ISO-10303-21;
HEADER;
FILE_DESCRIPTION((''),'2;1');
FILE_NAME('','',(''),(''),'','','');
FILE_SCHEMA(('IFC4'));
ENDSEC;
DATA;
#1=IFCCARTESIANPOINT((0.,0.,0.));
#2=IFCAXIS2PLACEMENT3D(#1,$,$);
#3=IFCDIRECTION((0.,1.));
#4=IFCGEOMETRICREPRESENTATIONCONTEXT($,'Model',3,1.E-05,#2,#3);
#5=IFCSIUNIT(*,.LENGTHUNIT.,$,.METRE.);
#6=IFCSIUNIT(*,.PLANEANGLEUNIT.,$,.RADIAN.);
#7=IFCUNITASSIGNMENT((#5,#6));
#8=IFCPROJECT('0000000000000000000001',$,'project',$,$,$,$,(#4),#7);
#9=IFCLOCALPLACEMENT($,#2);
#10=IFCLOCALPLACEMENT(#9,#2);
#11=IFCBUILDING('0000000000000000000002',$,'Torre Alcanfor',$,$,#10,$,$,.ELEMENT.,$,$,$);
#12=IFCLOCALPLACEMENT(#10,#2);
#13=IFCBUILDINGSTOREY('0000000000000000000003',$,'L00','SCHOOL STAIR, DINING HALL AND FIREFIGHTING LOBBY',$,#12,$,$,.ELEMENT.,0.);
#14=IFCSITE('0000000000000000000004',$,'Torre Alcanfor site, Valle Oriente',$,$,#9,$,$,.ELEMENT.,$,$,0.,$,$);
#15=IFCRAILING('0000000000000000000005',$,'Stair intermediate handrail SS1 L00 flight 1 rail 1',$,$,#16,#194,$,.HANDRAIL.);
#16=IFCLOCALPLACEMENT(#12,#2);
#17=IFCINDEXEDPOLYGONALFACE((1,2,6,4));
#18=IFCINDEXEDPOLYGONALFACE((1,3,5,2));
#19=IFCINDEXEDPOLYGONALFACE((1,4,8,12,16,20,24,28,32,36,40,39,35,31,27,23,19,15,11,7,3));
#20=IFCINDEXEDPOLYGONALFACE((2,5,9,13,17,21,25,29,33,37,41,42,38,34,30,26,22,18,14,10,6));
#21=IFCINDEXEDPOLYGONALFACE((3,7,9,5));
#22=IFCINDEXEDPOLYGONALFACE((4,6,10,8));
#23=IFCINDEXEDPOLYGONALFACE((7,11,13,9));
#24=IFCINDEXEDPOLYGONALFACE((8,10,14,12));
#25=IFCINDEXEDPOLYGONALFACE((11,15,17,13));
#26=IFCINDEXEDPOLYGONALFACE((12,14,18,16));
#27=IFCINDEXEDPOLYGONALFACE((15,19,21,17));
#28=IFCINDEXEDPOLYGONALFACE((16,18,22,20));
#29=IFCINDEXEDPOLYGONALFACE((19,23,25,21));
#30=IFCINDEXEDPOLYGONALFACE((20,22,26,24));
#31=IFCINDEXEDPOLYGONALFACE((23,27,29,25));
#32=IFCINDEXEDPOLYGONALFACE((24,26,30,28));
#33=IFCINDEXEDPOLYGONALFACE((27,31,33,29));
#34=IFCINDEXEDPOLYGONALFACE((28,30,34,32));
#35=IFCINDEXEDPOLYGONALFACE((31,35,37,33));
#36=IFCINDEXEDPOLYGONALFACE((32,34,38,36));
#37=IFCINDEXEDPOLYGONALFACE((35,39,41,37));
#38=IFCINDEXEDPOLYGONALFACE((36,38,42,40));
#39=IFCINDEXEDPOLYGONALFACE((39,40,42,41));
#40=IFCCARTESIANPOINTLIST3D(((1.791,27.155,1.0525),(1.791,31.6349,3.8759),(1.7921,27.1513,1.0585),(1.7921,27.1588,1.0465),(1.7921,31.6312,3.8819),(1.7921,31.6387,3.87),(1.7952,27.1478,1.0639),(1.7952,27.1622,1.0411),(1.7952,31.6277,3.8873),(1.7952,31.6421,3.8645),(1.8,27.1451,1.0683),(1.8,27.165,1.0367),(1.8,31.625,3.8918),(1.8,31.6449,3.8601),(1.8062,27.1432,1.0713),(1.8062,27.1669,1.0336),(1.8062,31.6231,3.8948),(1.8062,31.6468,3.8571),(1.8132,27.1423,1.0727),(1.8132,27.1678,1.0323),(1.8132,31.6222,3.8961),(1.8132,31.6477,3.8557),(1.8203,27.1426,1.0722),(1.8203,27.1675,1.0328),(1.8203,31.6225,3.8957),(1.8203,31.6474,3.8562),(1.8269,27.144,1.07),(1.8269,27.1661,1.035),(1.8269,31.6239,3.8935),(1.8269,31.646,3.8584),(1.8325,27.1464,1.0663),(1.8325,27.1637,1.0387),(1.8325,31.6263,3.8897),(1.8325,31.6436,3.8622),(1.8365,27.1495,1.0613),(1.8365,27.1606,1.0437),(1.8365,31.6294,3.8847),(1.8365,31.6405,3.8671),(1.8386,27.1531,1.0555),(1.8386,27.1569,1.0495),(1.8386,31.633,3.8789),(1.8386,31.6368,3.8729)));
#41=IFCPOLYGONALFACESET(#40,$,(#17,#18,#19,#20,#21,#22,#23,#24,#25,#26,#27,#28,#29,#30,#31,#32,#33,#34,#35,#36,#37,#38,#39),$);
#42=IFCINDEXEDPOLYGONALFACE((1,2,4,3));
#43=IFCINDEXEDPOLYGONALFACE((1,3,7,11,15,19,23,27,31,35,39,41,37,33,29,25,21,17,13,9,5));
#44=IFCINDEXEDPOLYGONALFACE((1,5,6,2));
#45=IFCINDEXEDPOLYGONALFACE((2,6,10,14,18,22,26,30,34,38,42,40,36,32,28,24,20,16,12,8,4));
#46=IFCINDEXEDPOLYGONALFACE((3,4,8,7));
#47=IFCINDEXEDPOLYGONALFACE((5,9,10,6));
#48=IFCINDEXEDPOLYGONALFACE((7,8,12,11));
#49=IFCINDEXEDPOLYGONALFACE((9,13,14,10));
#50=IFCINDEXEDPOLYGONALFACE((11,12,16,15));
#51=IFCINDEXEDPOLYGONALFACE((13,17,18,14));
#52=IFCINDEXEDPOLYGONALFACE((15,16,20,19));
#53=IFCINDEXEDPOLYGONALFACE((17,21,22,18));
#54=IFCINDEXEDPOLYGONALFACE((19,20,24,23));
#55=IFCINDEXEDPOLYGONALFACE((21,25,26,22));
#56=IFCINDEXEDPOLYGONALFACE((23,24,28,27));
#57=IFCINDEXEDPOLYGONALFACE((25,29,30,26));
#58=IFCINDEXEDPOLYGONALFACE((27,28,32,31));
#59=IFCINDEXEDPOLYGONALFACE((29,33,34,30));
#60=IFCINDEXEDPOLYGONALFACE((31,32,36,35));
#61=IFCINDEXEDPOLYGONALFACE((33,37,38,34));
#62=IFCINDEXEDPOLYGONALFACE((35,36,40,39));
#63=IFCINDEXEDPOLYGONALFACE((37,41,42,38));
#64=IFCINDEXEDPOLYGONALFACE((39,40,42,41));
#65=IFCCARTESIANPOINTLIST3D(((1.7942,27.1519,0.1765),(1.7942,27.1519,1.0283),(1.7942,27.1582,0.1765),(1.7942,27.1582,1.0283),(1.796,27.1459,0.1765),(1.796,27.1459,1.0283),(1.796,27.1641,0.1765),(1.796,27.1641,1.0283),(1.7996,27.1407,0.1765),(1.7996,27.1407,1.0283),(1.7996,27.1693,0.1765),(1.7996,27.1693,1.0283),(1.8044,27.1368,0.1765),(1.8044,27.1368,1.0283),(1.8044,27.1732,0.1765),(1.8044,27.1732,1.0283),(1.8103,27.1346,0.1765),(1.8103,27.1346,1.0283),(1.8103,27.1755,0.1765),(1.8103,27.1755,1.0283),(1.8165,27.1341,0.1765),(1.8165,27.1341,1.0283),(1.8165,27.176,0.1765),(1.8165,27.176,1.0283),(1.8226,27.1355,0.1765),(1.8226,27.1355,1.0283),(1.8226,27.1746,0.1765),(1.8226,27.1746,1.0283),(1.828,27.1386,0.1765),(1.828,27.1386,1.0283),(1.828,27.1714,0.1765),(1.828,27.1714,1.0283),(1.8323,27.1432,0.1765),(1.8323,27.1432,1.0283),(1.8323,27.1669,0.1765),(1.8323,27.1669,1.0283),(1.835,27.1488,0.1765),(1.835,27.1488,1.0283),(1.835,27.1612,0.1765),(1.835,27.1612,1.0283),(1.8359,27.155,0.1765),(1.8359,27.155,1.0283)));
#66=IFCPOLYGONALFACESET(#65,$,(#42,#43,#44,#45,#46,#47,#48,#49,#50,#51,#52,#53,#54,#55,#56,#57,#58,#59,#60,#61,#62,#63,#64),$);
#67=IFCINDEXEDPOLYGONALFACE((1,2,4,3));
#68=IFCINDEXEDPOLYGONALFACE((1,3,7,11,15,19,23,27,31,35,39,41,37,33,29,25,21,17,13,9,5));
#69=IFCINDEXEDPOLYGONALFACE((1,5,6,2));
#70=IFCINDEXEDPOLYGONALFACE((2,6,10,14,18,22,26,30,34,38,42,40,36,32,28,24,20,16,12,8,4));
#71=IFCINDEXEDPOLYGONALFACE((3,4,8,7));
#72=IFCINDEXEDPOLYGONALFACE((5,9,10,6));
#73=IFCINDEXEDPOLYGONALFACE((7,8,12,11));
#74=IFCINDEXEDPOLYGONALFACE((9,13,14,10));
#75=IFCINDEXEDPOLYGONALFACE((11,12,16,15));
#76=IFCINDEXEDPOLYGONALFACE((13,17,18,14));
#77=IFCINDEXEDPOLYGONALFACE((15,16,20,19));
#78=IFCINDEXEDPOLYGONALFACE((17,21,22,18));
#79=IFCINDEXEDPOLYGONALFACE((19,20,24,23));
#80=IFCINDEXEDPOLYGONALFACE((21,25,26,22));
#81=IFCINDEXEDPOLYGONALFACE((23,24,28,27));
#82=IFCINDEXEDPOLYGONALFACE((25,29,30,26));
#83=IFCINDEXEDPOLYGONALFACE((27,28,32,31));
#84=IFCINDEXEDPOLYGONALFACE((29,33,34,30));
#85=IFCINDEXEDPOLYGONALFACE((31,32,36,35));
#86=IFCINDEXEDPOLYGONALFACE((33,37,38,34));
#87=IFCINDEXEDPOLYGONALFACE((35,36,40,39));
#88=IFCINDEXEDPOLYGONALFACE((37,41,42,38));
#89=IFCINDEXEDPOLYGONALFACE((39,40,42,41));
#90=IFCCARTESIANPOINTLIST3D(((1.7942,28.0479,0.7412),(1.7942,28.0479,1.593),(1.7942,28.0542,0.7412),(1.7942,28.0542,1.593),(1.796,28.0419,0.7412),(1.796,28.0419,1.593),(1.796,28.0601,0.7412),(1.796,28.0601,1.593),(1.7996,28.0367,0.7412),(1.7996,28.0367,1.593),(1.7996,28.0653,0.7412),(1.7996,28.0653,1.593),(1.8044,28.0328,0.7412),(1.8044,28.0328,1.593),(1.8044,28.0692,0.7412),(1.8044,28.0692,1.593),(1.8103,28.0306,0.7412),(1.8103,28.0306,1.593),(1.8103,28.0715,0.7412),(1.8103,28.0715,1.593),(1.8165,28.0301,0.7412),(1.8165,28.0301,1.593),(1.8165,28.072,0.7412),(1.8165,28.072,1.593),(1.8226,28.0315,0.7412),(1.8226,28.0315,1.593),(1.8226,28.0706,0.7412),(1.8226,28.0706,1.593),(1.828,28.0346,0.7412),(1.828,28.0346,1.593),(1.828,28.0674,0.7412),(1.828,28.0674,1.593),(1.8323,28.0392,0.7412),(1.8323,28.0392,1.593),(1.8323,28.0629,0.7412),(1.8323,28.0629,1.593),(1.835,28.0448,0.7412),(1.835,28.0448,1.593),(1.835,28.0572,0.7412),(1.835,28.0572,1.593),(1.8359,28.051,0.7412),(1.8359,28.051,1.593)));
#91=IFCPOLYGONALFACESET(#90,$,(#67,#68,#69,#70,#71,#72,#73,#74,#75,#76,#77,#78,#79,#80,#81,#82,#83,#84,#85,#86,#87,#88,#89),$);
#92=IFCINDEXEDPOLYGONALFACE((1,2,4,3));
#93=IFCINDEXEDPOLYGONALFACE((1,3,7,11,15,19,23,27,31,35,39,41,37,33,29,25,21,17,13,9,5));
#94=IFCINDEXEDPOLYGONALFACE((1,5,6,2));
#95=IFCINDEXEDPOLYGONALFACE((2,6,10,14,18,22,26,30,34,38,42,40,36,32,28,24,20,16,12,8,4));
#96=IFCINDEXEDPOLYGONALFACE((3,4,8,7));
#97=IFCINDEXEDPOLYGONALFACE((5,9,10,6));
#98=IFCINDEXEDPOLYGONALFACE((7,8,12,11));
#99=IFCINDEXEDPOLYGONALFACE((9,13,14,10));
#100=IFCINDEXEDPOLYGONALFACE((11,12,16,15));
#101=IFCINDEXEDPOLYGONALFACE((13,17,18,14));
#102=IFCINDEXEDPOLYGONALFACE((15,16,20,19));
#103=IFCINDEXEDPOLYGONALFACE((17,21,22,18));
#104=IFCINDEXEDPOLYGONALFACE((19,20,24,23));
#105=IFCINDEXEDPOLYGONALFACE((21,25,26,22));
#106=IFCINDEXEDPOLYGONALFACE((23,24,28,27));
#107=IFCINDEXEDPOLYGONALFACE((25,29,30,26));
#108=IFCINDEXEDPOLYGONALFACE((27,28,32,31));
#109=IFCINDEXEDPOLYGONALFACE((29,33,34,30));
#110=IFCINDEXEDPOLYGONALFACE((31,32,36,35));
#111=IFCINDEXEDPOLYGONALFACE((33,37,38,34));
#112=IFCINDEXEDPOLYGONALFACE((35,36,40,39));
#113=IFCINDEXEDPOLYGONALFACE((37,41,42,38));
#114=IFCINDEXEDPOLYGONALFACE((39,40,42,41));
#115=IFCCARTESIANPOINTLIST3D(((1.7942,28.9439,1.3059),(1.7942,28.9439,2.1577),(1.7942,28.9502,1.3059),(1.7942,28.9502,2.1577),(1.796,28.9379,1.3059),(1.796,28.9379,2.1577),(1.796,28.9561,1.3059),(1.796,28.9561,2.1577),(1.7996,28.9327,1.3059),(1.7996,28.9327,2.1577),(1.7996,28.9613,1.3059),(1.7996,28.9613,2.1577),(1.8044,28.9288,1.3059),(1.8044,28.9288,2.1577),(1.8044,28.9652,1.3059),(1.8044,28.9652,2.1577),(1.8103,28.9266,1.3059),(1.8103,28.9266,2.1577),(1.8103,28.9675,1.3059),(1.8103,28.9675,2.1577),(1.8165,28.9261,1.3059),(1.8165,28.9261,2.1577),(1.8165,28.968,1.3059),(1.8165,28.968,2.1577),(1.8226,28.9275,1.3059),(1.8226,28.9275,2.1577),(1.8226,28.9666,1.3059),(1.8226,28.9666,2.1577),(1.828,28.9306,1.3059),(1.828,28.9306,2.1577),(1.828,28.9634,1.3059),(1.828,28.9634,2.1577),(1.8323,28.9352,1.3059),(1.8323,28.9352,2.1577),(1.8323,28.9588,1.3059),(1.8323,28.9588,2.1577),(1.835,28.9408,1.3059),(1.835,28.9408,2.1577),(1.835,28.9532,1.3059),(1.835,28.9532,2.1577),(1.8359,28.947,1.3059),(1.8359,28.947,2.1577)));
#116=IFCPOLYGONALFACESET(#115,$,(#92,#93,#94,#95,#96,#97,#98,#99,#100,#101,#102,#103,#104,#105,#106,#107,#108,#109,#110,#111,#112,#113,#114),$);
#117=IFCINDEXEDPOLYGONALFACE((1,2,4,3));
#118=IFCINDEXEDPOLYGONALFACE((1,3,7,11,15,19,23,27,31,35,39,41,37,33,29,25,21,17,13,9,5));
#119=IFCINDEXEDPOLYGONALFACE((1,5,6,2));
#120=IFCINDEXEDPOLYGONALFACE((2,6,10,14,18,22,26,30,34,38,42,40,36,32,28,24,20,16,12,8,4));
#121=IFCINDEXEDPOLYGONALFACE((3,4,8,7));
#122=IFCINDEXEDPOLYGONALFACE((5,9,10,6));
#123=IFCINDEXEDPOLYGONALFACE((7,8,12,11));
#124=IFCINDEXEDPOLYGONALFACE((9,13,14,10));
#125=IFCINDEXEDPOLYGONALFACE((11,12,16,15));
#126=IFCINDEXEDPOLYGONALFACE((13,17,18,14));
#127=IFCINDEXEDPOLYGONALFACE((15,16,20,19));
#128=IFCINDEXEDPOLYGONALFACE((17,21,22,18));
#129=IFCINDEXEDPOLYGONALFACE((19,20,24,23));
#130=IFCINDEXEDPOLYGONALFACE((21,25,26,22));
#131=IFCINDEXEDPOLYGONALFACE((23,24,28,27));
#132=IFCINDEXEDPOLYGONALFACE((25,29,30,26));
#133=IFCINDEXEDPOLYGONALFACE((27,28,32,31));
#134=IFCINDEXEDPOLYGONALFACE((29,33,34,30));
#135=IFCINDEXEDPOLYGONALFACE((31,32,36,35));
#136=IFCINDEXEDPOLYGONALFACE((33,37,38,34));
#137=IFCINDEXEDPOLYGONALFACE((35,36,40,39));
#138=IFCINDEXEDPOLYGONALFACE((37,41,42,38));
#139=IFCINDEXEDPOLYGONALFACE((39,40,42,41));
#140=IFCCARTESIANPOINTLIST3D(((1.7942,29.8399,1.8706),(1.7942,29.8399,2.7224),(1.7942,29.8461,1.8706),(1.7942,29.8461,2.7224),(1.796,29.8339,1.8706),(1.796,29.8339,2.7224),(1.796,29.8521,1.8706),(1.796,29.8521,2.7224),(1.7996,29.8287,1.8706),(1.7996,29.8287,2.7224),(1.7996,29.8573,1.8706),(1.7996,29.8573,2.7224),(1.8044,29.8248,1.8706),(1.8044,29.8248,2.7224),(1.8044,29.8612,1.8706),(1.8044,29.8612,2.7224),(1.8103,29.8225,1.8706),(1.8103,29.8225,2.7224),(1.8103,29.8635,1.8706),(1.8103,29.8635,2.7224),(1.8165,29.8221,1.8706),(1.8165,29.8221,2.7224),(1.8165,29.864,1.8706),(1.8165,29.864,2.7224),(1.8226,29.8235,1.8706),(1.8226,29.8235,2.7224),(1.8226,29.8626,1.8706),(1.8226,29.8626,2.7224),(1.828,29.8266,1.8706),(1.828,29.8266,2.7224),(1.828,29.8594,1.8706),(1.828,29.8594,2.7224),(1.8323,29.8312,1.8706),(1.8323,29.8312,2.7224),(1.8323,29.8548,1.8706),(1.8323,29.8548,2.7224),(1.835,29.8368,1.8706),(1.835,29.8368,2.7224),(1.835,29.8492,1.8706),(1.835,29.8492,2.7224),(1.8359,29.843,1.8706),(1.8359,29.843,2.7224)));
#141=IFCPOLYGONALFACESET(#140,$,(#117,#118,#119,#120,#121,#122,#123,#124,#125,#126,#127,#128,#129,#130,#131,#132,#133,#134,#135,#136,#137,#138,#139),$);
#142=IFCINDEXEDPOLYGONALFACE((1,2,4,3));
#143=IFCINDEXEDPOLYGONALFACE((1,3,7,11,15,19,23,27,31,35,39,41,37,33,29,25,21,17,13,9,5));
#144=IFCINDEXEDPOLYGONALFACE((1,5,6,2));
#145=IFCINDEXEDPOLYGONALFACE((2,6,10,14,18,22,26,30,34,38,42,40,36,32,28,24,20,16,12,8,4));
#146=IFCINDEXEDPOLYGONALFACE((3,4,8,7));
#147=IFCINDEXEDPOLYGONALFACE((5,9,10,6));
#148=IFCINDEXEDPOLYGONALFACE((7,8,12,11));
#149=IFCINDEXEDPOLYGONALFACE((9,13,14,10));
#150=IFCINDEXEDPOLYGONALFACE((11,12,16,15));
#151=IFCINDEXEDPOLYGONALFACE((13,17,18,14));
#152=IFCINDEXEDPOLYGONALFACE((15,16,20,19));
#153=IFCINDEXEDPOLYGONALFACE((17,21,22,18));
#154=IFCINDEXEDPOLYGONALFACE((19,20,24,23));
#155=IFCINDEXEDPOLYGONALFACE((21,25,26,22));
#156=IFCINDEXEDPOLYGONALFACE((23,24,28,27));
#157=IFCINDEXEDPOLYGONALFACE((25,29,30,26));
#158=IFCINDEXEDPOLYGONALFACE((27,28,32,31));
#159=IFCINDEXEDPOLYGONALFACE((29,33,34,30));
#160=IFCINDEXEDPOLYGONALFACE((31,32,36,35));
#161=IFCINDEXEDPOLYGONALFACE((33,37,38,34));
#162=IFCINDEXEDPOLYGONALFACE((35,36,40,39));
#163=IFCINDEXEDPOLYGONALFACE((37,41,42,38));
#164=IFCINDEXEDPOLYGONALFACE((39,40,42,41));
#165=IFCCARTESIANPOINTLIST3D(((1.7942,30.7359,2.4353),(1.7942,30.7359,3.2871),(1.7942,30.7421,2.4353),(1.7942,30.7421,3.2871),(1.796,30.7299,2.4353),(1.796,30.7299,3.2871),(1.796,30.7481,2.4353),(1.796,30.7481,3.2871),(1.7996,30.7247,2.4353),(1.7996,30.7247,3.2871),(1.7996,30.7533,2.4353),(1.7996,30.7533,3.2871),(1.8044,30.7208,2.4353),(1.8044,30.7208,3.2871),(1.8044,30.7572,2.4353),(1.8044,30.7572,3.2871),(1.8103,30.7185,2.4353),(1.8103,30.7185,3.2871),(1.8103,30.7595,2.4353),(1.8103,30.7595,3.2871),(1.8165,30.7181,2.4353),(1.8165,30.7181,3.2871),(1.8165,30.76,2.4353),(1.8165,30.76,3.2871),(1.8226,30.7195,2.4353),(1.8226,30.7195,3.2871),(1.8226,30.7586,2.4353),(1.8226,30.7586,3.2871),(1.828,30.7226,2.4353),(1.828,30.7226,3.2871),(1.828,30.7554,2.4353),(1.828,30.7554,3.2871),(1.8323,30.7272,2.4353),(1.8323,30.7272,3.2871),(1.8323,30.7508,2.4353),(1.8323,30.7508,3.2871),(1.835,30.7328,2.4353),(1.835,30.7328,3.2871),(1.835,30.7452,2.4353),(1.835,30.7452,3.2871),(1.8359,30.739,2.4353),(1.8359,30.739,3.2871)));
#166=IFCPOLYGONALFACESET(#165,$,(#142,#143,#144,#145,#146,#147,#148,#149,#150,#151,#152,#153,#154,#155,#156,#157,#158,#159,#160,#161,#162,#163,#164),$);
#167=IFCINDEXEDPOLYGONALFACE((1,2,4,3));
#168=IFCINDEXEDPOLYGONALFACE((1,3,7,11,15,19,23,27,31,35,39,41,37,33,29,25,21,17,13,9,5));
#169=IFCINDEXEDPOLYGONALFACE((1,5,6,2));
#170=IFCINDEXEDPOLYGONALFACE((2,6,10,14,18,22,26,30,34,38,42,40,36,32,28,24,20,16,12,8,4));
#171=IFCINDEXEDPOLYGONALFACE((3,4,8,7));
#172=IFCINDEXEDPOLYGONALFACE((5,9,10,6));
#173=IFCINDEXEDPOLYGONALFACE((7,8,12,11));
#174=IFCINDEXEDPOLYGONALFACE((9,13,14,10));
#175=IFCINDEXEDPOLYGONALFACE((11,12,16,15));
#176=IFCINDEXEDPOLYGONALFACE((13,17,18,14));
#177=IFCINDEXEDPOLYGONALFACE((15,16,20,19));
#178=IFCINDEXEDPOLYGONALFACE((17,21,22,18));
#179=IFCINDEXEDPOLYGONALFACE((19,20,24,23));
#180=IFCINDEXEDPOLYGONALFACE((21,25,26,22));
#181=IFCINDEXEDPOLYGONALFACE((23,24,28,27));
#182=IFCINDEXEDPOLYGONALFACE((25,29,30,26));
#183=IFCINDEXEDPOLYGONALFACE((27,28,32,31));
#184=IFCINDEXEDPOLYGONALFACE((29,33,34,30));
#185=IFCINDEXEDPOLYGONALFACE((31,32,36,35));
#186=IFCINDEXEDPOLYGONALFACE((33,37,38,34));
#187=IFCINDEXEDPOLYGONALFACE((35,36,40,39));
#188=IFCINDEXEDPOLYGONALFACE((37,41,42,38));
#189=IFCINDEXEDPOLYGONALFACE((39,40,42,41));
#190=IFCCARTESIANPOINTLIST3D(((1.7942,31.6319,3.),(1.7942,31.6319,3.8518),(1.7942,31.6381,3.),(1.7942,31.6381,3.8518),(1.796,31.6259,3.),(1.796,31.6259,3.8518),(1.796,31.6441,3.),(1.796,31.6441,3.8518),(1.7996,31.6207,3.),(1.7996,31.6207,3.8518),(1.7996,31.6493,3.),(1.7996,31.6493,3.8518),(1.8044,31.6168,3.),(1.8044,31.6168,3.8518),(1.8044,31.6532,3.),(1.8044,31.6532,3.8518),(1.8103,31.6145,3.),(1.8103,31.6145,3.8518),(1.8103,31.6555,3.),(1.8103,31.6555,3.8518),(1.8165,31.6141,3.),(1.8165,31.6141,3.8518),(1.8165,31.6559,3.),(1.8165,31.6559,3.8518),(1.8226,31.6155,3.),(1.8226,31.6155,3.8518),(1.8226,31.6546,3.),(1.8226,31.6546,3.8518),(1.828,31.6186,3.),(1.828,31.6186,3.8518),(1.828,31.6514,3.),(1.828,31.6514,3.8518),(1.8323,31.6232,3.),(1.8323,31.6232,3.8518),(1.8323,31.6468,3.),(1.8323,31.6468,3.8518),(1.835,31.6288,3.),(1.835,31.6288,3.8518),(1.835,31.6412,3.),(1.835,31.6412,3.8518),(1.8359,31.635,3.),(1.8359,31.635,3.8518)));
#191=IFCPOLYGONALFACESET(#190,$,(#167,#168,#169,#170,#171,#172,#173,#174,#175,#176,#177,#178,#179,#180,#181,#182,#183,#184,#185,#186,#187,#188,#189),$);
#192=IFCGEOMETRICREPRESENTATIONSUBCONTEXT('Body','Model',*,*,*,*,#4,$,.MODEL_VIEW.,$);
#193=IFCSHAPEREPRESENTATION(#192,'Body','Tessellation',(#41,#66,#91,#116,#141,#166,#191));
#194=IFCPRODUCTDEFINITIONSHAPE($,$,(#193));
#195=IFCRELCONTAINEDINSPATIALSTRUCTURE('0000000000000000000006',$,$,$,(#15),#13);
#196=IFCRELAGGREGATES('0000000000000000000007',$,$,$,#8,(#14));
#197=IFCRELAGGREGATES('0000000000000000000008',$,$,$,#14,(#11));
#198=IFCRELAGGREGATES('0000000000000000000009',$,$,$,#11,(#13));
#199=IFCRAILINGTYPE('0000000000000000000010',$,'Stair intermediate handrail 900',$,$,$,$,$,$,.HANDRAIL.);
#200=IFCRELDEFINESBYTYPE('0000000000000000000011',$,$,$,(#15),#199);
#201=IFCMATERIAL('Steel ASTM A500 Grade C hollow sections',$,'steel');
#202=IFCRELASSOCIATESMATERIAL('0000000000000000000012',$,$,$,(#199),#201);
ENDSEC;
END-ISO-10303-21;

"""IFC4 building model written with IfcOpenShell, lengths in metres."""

from ifc_helpers import new_model, si_unit, direction, frame, origin, origin_2d, place, context, subcontext, project, spatial, circle, extrude, material, type_object, element, save


model = new_model("IFC4")

# Units and contexts
model_context = context("Model", 3, precision=1e-05, world=origin(), true_north=direction((0.0, 1.0)))
body_context = subcontext(model_context, "Body", "Model", "MODEL_VIEW")
ifc_project = project(units=[si_unit("LENGTHUNIT", "METRE"), si_unit("PLANEANGLEUNIT", "RADIAN")], contexts=[model_context])

# Site, building, storey
site_placement = place(None, origin())
site = spatial("IfcSite", under=ifc_project, at=site_placement, Name="Torre Alcanfor site, Valle Oriente", CompositionType="ELEMENT", RefElevation=0.0)
building_placement = place(site_placement, origin())
building = spatial("IfcBuilding", under=site, at=building_placement, Name="Torre Alcanfor", CompositionType="ELEMENT")
storey_placement = place(building_placement, origin())
storey = spatial("IfcBuildingStorey", under=building, at=storey_placement, Name="L00", Description="SCHOOL STAIR, DINING HALL AND FIREFIGHTING LOBBY", CompositionType="ELEMENT", Elevation=0.0)

# Railing
ifc_material_1 = material(Name="Steel ASTM A500 Grade C hollow sections", Category="steel")
railing_type_1 = type_object("IfcRailingType", Name="Stair intermediate handrail 900", PredefinedType="HANDRAIL", material=ifc_material_1)
railing_1_placement = place(storey_placement, frame((1.8149, 27.155, 0.1765)))
element("IfcRailing", 1, at=railing_1_placement, inside=storey, type_object=railing_type_1, Name="Stair intermediate handrail SS1 L00 flight 1 rail 1", PredefinedType="HANDRAIL", context=body_context, shape_type="SweptSolid", body=[
    extrude(circle(Radius=0.0239, at=origin_2d()), frame((0.0, 0.0, 0.876), z_axis=(0.0, 0.845998, 0.533186), x_axis=(-1.0, 0.0, 0.0)), (0.0, 0.0, 1.0), 5.2954),
    extrude(circle(Radius=0.021, at=origin_2d()), origin(), (0.0, 0.0, 1.0), 0.8518),
    extrude(circle(Radius=0.021, at=origin_2d()), frame((0.0, 0.896, 0.5647)), (0.0, 0.0, 1.0), 0.8518),
    extrude(circle(Radius=0.021, at=origin_2d()), frame((0.0, 1.792, 1.1294)), (0.0, 0.0, 1.0), 0.8518),
    extrude(circle(Radius=0.021, at=origin_2d()), frame((0.0, 2.688, 1.6941)), (0.0, 0.0, 1.0), 0.8518),
    extrude(circle(Radius=0.021, at=origin_2d()), frame((0.0, 3.584, 2.2588)), (0.0, 0.0, 1.0), 0.8518),
    extrude(circle(Radius=0.021, at=origin_2d()), frame((0.0, 4.48, 2.8235)), (0.0, 0.0, 1.0), 0.8518),
])

save(model, "model.ifc")
